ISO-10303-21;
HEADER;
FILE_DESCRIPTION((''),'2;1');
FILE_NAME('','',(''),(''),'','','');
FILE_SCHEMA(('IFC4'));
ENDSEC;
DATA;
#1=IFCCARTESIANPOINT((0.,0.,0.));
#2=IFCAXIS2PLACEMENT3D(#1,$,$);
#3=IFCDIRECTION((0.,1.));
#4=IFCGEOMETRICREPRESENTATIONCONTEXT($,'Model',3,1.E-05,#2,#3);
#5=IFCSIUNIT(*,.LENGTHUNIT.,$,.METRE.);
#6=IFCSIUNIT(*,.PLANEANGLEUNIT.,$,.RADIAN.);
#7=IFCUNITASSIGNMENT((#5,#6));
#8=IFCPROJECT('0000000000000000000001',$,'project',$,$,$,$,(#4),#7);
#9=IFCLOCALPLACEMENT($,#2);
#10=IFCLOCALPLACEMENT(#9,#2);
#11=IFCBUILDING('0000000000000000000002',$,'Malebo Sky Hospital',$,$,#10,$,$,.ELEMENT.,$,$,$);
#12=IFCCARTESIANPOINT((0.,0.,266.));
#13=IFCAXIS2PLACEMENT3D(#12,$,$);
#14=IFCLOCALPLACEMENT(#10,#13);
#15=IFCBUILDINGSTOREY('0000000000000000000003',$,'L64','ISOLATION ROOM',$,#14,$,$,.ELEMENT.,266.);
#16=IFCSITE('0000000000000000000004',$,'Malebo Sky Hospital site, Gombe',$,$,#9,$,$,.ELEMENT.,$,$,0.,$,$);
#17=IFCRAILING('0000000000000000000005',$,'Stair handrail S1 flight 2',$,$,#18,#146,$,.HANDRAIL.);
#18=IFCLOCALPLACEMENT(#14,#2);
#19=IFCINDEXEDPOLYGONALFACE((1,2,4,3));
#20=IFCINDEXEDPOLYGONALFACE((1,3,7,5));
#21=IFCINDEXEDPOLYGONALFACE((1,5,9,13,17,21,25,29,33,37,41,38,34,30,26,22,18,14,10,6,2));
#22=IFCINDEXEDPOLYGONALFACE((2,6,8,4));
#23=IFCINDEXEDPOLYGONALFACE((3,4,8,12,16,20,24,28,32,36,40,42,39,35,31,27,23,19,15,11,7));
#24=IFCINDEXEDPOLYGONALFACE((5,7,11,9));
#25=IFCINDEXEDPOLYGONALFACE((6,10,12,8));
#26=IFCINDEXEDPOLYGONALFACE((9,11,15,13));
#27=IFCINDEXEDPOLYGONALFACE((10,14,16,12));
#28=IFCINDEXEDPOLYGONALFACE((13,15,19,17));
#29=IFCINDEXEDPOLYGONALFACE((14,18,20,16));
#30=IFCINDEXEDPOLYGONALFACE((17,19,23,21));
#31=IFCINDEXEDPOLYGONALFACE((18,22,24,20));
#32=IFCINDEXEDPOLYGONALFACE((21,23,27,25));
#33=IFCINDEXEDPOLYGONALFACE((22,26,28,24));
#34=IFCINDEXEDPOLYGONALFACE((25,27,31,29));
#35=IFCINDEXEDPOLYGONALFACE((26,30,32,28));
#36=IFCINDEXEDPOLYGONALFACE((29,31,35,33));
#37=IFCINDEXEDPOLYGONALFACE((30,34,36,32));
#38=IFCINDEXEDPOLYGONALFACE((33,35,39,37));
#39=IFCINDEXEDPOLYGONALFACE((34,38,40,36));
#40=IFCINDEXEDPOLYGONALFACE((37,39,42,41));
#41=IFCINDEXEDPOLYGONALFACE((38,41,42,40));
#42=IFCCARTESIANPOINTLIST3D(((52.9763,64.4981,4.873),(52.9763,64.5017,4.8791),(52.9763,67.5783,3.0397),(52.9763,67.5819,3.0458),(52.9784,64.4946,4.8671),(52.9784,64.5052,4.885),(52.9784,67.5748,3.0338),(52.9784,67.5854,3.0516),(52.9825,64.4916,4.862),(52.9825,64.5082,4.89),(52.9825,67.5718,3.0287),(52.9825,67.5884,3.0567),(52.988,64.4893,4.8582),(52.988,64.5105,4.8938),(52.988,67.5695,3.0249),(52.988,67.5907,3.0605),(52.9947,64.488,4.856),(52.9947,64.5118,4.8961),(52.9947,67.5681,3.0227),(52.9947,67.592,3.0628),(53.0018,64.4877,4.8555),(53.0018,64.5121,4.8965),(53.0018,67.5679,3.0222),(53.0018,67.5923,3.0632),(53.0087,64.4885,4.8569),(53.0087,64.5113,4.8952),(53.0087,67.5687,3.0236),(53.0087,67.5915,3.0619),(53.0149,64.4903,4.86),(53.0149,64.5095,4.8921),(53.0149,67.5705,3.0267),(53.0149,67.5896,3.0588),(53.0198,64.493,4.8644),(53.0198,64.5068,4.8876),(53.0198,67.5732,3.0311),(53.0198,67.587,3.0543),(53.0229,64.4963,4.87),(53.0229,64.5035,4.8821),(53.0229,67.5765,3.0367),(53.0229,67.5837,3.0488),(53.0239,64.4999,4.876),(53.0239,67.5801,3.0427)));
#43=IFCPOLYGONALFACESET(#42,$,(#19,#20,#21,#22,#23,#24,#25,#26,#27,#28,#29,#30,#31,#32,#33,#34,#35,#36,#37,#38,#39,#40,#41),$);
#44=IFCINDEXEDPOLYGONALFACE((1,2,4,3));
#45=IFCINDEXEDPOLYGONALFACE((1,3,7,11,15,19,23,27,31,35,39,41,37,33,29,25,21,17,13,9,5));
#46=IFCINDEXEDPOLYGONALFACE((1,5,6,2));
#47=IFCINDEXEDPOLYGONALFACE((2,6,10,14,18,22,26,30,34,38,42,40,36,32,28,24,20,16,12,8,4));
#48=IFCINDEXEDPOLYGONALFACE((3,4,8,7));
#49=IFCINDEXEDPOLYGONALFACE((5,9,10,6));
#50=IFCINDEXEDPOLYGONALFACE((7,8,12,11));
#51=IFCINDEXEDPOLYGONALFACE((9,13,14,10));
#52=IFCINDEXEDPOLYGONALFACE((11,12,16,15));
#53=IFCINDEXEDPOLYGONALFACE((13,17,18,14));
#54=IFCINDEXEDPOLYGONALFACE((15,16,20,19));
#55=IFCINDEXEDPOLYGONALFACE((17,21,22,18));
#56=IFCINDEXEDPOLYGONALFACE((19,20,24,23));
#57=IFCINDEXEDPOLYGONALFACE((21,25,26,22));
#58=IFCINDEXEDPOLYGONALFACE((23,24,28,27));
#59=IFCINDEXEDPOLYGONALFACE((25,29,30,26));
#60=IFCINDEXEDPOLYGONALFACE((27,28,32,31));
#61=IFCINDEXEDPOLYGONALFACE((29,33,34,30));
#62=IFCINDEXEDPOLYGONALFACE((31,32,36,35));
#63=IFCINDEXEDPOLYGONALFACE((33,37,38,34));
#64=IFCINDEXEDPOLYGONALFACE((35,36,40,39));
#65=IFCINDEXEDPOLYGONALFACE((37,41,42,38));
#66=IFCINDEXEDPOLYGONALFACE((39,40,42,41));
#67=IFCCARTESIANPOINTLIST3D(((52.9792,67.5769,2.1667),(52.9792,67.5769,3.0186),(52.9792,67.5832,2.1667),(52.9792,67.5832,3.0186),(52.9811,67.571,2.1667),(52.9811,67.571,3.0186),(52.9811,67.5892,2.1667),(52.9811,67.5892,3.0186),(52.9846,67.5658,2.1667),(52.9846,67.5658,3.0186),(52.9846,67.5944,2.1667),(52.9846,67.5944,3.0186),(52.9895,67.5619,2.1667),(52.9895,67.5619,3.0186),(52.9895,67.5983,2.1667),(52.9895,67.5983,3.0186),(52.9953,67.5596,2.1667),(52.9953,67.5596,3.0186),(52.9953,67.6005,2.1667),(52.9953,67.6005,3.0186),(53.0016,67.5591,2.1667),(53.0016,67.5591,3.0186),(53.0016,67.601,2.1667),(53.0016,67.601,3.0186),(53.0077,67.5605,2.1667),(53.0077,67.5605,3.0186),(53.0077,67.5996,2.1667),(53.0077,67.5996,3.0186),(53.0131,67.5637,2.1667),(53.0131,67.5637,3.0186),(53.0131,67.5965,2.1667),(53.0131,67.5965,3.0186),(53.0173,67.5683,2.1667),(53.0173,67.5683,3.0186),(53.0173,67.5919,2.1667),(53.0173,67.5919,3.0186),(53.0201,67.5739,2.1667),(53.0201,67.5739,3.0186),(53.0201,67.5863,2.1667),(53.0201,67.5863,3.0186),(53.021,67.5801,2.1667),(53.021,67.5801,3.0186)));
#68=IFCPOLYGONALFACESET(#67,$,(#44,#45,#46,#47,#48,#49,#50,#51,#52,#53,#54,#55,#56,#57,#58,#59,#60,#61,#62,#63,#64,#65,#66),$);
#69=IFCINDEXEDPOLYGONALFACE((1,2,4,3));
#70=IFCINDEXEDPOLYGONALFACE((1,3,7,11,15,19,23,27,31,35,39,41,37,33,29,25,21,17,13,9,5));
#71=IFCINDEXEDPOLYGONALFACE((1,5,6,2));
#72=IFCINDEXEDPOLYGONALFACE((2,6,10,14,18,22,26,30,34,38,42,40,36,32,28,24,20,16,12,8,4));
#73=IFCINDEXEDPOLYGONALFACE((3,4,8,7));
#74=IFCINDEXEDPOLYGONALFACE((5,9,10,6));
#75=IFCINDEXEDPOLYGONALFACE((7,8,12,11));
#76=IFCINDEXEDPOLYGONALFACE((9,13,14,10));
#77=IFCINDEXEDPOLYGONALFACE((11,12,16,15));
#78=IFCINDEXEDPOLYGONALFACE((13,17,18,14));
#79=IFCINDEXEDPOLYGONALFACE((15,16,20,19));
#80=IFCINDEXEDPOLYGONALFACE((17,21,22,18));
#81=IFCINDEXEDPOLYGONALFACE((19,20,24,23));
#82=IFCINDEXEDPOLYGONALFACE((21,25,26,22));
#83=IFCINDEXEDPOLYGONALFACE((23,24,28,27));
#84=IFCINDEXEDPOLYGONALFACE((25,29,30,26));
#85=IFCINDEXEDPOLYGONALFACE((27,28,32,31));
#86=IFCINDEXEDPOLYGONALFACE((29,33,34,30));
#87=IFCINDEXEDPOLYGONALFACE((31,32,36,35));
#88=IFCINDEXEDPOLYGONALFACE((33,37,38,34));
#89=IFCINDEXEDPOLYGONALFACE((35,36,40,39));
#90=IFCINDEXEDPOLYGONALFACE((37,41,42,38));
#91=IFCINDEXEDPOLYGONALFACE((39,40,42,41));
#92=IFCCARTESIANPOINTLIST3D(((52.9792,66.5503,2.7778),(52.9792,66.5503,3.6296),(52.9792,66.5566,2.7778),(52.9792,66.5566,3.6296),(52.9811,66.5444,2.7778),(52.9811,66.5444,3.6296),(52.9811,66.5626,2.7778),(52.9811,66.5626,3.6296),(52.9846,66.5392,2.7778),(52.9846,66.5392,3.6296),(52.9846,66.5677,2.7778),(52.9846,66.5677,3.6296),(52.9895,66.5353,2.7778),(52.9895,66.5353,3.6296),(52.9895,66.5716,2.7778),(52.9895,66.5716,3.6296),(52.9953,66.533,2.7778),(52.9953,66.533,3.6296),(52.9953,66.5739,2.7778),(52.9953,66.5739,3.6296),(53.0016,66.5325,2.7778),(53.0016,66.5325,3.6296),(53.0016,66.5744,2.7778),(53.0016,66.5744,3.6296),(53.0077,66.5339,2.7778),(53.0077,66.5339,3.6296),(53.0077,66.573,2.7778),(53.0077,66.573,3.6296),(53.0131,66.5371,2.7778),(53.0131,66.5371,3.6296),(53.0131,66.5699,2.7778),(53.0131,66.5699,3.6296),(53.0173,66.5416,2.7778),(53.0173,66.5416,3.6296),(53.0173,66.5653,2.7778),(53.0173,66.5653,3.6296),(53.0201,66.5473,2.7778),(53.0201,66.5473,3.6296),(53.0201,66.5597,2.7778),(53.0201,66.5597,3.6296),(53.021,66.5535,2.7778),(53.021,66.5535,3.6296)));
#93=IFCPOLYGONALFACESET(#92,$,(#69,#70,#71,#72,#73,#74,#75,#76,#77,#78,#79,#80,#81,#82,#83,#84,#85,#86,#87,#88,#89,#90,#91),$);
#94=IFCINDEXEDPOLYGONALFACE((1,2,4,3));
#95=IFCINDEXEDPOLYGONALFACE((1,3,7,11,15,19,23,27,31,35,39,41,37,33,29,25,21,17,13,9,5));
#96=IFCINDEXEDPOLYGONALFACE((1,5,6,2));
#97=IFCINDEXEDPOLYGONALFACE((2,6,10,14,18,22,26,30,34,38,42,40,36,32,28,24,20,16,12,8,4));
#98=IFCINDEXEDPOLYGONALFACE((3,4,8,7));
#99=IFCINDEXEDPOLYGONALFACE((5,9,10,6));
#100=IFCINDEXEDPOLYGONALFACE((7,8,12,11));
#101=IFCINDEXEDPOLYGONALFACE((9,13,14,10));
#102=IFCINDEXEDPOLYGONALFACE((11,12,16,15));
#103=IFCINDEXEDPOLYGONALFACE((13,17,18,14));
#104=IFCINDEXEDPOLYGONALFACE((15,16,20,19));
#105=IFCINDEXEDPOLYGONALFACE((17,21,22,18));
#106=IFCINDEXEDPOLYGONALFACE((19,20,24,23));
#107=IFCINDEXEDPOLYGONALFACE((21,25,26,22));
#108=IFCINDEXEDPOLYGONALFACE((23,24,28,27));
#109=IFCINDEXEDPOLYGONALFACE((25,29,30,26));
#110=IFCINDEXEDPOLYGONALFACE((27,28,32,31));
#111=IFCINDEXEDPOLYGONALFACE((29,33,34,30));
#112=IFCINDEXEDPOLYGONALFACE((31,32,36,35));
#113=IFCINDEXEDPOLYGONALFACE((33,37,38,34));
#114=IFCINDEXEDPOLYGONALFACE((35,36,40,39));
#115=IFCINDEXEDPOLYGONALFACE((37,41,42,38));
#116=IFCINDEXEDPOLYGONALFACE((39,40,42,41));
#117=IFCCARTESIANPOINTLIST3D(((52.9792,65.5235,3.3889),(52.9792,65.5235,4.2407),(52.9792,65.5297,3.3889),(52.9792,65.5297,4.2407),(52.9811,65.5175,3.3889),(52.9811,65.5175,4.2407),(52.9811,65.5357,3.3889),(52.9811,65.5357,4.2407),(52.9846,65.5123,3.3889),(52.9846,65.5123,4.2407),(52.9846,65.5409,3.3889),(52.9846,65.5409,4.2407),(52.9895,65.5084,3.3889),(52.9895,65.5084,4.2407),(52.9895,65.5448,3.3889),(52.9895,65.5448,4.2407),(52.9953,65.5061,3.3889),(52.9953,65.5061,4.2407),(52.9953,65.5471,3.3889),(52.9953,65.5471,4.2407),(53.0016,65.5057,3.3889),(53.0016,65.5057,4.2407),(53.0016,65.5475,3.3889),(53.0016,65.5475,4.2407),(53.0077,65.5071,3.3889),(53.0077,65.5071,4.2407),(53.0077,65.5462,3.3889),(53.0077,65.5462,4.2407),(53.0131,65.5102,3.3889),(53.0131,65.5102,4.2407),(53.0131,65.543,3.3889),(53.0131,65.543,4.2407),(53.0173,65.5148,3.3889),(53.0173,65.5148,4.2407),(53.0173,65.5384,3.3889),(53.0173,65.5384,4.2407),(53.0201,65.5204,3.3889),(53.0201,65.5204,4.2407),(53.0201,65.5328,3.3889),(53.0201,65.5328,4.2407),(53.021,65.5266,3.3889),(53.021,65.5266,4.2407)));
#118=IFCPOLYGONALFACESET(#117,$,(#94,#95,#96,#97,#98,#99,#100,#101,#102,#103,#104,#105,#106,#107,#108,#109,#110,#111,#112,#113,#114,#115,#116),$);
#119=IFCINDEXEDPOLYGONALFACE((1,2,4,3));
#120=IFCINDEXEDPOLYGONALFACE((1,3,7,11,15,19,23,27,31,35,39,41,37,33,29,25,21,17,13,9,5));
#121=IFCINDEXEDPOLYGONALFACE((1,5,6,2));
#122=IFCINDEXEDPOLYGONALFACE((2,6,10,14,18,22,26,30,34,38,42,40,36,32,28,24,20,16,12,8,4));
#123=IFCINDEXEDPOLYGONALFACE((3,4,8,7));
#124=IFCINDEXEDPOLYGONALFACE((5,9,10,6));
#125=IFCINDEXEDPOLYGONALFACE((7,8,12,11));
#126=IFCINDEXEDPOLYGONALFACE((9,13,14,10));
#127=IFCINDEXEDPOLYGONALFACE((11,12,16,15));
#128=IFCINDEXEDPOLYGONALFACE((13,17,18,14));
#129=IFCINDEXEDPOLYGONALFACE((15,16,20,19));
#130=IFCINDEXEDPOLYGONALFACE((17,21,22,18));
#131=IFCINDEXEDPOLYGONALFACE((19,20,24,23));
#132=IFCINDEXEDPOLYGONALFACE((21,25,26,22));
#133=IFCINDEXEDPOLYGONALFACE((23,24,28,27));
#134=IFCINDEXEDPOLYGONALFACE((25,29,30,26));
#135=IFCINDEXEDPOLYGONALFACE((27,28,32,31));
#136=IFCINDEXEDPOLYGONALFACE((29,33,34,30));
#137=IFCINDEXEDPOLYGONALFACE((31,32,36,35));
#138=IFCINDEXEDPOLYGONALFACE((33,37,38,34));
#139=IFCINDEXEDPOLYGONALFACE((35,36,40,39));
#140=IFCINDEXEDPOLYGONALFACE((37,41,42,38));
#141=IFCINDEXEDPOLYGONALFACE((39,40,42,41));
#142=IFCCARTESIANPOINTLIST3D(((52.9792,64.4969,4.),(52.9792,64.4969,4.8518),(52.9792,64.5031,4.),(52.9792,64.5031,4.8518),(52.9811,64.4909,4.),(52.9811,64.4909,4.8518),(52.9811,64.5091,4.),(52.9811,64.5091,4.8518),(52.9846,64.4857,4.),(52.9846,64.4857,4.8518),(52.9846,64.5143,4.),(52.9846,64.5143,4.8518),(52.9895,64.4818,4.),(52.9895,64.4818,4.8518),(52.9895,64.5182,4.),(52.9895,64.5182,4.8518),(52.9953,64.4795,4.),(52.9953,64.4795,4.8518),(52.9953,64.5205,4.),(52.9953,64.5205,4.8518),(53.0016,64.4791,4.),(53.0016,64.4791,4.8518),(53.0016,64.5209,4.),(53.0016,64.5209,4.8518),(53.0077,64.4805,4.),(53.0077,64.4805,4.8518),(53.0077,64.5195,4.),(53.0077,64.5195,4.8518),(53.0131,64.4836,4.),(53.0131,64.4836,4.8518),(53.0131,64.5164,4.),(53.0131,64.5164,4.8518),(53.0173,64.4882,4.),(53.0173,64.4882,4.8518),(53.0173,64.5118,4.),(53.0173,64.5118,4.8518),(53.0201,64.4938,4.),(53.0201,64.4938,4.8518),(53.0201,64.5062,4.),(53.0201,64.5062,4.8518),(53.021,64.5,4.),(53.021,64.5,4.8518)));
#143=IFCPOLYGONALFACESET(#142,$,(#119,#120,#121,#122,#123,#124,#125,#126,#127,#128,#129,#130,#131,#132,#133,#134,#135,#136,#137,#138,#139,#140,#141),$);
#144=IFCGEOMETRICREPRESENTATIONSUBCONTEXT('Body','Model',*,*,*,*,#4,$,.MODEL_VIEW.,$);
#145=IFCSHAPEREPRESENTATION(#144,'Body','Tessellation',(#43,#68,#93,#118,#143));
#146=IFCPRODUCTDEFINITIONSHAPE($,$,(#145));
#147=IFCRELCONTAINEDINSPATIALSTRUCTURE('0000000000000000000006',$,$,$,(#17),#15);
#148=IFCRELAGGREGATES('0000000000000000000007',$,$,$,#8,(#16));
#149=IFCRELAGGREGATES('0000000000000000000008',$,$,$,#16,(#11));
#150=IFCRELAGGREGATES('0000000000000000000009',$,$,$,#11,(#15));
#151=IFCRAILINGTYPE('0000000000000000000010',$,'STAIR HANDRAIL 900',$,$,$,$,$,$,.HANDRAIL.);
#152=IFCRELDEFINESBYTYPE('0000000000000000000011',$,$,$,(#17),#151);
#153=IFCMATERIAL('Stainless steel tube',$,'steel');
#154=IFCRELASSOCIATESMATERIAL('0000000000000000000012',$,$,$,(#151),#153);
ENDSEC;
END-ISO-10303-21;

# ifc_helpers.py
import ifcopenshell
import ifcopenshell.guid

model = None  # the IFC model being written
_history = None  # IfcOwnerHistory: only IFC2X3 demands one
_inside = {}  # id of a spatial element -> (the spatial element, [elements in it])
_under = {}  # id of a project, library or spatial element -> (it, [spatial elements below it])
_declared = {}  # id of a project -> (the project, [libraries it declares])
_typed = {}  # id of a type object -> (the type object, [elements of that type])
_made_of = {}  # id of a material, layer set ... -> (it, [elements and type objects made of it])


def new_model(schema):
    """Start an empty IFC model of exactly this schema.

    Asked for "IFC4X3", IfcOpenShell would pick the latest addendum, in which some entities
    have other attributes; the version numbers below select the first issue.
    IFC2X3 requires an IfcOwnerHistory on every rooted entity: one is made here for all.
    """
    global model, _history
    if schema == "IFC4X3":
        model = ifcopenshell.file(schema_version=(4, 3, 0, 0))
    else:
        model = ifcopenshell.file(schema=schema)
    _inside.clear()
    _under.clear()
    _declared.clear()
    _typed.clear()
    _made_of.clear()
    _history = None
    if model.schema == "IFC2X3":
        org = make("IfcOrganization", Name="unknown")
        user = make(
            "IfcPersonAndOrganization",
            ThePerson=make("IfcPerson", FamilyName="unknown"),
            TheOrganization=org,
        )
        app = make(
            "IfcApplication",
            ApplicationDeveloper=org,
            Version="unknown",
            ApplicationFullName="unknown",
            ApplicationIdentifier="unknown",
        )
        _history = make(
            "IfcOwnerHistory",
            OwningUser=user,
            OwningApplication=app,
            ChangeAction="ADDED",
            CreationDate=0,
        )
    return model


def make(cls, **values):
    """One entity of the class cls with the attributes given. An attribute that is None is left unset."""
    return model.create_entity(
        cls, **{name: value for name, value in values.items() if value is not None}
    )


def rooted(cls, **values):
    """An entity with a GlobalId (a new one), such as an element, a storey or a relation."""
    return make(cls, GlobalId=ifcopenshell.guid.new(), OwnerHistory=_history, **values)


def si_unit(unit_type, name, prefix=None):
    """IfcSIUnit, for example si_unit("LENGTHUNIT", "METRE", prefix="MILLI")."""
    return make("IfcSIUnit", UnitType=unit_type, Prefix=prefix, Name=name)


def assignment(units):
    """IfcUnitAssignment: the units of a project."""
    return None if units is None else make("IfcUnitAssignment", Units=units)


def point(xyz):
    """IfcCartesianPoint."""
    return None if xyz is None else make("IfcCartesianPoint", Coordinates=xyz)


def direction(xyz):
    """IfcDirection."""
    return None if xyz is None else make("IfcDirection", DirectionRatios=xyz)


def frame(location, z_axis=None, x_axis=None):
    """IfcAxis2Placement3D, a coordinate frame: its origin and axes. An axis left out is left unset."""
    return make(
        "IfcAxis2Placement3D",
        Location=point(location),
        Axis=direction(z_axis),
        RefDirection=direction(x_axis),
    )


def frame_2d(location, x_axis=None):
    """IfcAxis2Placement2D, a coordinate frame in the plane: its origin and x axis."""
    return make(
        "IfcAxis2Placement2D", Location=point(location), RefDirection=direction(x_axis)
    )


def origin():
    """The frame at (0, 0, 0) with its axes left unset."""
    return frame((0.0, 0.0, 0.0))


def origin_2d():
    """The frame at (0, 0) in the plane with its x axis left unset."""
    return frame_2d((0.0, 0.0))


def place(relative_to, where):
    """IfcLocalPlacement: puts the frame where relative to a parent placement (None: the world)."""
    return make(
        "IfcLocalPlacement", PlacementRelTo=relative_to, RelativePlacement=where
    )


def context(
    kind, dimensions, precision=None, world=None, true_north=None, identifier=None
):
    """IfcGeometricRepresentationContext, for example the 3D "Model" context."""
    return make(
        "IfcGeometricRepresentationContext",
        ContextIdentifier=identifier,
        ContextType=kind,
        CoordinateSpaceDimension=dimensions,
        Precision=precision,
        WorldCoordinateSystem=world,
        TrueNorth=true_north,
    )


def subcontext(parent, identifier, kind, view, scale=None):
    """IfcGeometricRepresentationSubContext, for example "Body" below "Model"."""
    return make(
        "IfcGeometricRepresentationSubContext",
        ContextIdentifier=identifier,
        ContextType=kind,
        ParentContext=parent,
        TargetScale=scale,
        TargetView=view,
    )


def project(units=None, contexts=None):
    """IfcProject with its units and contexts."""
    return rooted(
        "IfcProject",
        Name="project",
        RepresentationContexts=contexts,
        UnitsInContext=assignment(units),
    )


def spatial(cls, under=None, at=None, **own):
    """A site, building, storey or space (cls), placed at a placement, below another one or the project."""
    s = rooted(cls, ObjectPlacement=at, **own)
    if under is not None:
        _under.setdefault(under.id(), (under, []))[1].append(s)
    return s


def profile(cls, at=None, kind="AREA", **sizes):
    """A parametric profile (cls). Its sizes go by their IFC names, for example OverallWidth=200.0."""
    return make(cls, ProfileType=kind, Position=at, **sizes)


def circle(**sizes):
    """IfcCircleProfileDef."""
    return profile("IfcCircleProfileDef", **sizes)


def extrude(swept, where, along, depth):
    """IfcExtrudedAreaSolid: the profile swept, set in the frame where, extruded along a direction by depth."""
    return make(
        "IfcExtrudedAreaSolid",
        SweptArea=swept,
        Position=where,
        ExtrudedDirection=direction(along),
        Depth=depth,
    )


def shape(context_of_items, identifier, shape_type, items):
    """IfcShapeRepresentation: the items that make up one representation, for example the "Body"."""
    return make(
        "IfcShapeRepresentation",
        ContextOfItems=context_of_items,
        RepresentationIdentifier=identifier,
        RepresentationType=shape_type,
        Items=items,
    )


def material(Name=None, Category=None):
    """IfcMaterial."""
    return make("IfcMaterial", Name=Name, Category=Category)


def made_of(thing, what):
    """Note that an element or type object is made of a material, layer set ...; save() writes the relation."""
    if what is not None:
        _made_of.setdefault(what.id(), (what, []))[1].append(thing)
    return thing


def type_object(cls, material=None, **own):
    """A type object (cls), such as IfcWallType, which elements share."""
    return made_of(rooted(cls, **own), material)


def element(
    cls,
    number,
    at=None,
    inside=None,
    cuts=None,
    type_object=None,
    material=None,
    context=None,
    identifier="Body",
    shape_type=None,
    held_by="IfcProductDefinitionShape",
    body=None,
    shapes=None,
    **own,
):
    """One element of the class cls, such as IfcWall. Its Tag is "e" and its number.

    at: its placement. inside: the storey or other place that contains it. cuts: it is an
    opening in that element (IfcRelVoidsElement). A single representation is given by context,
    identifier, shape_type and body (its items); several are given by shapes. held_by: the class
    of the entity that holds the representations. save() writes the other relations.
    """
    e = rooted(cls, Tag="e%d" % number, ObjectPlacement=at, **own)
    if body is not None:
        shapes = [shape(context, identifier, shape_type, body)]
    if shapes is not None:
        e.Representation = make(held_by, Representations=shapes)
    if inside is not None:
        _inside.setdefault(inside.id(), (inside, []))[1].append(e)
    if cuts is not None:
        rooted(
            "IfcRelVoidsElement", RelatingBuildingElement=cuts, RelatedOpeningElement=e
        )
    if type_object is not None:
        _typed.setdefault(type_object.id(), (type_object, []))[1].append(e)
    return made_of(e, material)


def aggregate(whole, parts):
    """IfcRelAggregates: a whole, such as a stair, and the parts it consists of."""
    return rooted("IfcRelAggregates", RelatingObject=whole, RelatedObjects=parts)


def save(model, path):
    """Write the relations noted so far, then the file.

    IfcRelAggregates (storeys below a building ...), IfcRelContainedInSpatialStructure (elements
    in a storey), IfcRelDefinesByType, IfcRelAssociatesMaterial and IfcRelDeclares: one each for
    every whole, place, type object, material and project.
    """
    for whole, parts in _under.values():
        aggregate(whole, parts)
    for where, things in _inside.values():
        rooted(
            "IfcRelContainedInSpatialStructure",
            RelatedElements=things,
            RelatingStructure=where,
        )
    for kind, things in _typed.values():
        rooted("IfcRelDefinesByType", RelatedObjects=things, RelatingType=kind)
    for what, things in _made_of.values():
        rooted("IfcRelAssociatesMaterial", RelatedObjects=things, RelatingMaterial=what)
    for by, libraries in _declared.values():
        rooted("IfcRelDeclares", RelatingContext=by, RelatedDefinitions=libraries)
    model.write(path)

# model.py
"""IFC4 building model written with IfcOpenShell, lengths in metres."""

from ifc_helpers import new_model, si_unit, direction, frame, origin, origin_2d, place, context, subcontext, project, spatial, circle, extrude, material, type_object, element, save


model = new_model("IFC4")

# Units and contexts
model_context = context("Model", 3, precision=1e-05, world=origin(), true_north=direction((0.0, 1.0)))
body_context = subcontext(model_context, "Body", "Model", "MODEL_VIEW")
ifc_project = project(units=[si_unit("LENGTHUNIT", "METRE"), si_unit("PLANEANGLEUNIT", "RADIAN")], contexts=[model_context])

# Site, building, storey
site_placement = place(None, origin())
site = spatial("IfcSite", under=ifc_project, at=site_placement, Name="Malebo Sky Hospital site, Gombe", CompositionType="ELEMENT", RefElevation=0.0)
building_placement = place(site_placement, origin())
building = spatial("IfcBuilding", under=site, at=building_placement, Name="Malebo Sky Hospital", CompositionType="ELEMENT")
storey_placement = place(building_placement, frame((0.0, 0.0, 266.0)))
storey = spatial("IfcBuildingStorey", under=building, at=storey_placement, Name="L64", Description="ISOLATION ROOM", CompositionType="ELEMENT", Elevation=266.0)

# Railing
ifc_material_1 = material(Name="Stainless steel tube", Category="steel")
railing_type = type_object("IfcRailingType", Name="STAIR HANDRAIL 900", PredefinedType="HANDRAIL", material=ifc_material_1)
railing_placement = place(storey_placement, frame((53.0, 67.5801, 2.1667)))
element("IfcRailing", 1, at=railing_placement, inside=storey, type_object=railing_type, Name="Stair handrail S1 flight 2", PredefinedType="HANDRAIL", context=body_context, shape_type="SweptSolid", body=[
    extrude(circle(Radius=0.0239, at=origin_2d()), frame((0.0, 0.0, 0.876), z_axis=(0.0, -0.859309, 0.511458), x_axis=(1.0, 0.0, 0.0)), (0.0, 0.0, 1.0), 3.5845),
    extrude(circle(Radius=0.021, at=origin_2d()), origin(), (0.0, 0.0, 1.0), 0.8518),
    extrude(circle(Radius=0.021, at=origin_2d()), frame((0.0, -1.0266, 0.6111)), (0.0, 0.0, 1.0), 0.8518),
    extrude(circle(Radius=0.021, at=origin_2d()), frame((0.0, -2.0535, 1.2222)), (0.0, 0.0, 1.0), 0.8518),
    extrude(circle(Radius=0.021, at=origin_2d()), frame((0.0, -3.0801, 1.8333)), (0.0, 0.0, 1.0), 0.8518),
])

save(model, "model.ifc")
